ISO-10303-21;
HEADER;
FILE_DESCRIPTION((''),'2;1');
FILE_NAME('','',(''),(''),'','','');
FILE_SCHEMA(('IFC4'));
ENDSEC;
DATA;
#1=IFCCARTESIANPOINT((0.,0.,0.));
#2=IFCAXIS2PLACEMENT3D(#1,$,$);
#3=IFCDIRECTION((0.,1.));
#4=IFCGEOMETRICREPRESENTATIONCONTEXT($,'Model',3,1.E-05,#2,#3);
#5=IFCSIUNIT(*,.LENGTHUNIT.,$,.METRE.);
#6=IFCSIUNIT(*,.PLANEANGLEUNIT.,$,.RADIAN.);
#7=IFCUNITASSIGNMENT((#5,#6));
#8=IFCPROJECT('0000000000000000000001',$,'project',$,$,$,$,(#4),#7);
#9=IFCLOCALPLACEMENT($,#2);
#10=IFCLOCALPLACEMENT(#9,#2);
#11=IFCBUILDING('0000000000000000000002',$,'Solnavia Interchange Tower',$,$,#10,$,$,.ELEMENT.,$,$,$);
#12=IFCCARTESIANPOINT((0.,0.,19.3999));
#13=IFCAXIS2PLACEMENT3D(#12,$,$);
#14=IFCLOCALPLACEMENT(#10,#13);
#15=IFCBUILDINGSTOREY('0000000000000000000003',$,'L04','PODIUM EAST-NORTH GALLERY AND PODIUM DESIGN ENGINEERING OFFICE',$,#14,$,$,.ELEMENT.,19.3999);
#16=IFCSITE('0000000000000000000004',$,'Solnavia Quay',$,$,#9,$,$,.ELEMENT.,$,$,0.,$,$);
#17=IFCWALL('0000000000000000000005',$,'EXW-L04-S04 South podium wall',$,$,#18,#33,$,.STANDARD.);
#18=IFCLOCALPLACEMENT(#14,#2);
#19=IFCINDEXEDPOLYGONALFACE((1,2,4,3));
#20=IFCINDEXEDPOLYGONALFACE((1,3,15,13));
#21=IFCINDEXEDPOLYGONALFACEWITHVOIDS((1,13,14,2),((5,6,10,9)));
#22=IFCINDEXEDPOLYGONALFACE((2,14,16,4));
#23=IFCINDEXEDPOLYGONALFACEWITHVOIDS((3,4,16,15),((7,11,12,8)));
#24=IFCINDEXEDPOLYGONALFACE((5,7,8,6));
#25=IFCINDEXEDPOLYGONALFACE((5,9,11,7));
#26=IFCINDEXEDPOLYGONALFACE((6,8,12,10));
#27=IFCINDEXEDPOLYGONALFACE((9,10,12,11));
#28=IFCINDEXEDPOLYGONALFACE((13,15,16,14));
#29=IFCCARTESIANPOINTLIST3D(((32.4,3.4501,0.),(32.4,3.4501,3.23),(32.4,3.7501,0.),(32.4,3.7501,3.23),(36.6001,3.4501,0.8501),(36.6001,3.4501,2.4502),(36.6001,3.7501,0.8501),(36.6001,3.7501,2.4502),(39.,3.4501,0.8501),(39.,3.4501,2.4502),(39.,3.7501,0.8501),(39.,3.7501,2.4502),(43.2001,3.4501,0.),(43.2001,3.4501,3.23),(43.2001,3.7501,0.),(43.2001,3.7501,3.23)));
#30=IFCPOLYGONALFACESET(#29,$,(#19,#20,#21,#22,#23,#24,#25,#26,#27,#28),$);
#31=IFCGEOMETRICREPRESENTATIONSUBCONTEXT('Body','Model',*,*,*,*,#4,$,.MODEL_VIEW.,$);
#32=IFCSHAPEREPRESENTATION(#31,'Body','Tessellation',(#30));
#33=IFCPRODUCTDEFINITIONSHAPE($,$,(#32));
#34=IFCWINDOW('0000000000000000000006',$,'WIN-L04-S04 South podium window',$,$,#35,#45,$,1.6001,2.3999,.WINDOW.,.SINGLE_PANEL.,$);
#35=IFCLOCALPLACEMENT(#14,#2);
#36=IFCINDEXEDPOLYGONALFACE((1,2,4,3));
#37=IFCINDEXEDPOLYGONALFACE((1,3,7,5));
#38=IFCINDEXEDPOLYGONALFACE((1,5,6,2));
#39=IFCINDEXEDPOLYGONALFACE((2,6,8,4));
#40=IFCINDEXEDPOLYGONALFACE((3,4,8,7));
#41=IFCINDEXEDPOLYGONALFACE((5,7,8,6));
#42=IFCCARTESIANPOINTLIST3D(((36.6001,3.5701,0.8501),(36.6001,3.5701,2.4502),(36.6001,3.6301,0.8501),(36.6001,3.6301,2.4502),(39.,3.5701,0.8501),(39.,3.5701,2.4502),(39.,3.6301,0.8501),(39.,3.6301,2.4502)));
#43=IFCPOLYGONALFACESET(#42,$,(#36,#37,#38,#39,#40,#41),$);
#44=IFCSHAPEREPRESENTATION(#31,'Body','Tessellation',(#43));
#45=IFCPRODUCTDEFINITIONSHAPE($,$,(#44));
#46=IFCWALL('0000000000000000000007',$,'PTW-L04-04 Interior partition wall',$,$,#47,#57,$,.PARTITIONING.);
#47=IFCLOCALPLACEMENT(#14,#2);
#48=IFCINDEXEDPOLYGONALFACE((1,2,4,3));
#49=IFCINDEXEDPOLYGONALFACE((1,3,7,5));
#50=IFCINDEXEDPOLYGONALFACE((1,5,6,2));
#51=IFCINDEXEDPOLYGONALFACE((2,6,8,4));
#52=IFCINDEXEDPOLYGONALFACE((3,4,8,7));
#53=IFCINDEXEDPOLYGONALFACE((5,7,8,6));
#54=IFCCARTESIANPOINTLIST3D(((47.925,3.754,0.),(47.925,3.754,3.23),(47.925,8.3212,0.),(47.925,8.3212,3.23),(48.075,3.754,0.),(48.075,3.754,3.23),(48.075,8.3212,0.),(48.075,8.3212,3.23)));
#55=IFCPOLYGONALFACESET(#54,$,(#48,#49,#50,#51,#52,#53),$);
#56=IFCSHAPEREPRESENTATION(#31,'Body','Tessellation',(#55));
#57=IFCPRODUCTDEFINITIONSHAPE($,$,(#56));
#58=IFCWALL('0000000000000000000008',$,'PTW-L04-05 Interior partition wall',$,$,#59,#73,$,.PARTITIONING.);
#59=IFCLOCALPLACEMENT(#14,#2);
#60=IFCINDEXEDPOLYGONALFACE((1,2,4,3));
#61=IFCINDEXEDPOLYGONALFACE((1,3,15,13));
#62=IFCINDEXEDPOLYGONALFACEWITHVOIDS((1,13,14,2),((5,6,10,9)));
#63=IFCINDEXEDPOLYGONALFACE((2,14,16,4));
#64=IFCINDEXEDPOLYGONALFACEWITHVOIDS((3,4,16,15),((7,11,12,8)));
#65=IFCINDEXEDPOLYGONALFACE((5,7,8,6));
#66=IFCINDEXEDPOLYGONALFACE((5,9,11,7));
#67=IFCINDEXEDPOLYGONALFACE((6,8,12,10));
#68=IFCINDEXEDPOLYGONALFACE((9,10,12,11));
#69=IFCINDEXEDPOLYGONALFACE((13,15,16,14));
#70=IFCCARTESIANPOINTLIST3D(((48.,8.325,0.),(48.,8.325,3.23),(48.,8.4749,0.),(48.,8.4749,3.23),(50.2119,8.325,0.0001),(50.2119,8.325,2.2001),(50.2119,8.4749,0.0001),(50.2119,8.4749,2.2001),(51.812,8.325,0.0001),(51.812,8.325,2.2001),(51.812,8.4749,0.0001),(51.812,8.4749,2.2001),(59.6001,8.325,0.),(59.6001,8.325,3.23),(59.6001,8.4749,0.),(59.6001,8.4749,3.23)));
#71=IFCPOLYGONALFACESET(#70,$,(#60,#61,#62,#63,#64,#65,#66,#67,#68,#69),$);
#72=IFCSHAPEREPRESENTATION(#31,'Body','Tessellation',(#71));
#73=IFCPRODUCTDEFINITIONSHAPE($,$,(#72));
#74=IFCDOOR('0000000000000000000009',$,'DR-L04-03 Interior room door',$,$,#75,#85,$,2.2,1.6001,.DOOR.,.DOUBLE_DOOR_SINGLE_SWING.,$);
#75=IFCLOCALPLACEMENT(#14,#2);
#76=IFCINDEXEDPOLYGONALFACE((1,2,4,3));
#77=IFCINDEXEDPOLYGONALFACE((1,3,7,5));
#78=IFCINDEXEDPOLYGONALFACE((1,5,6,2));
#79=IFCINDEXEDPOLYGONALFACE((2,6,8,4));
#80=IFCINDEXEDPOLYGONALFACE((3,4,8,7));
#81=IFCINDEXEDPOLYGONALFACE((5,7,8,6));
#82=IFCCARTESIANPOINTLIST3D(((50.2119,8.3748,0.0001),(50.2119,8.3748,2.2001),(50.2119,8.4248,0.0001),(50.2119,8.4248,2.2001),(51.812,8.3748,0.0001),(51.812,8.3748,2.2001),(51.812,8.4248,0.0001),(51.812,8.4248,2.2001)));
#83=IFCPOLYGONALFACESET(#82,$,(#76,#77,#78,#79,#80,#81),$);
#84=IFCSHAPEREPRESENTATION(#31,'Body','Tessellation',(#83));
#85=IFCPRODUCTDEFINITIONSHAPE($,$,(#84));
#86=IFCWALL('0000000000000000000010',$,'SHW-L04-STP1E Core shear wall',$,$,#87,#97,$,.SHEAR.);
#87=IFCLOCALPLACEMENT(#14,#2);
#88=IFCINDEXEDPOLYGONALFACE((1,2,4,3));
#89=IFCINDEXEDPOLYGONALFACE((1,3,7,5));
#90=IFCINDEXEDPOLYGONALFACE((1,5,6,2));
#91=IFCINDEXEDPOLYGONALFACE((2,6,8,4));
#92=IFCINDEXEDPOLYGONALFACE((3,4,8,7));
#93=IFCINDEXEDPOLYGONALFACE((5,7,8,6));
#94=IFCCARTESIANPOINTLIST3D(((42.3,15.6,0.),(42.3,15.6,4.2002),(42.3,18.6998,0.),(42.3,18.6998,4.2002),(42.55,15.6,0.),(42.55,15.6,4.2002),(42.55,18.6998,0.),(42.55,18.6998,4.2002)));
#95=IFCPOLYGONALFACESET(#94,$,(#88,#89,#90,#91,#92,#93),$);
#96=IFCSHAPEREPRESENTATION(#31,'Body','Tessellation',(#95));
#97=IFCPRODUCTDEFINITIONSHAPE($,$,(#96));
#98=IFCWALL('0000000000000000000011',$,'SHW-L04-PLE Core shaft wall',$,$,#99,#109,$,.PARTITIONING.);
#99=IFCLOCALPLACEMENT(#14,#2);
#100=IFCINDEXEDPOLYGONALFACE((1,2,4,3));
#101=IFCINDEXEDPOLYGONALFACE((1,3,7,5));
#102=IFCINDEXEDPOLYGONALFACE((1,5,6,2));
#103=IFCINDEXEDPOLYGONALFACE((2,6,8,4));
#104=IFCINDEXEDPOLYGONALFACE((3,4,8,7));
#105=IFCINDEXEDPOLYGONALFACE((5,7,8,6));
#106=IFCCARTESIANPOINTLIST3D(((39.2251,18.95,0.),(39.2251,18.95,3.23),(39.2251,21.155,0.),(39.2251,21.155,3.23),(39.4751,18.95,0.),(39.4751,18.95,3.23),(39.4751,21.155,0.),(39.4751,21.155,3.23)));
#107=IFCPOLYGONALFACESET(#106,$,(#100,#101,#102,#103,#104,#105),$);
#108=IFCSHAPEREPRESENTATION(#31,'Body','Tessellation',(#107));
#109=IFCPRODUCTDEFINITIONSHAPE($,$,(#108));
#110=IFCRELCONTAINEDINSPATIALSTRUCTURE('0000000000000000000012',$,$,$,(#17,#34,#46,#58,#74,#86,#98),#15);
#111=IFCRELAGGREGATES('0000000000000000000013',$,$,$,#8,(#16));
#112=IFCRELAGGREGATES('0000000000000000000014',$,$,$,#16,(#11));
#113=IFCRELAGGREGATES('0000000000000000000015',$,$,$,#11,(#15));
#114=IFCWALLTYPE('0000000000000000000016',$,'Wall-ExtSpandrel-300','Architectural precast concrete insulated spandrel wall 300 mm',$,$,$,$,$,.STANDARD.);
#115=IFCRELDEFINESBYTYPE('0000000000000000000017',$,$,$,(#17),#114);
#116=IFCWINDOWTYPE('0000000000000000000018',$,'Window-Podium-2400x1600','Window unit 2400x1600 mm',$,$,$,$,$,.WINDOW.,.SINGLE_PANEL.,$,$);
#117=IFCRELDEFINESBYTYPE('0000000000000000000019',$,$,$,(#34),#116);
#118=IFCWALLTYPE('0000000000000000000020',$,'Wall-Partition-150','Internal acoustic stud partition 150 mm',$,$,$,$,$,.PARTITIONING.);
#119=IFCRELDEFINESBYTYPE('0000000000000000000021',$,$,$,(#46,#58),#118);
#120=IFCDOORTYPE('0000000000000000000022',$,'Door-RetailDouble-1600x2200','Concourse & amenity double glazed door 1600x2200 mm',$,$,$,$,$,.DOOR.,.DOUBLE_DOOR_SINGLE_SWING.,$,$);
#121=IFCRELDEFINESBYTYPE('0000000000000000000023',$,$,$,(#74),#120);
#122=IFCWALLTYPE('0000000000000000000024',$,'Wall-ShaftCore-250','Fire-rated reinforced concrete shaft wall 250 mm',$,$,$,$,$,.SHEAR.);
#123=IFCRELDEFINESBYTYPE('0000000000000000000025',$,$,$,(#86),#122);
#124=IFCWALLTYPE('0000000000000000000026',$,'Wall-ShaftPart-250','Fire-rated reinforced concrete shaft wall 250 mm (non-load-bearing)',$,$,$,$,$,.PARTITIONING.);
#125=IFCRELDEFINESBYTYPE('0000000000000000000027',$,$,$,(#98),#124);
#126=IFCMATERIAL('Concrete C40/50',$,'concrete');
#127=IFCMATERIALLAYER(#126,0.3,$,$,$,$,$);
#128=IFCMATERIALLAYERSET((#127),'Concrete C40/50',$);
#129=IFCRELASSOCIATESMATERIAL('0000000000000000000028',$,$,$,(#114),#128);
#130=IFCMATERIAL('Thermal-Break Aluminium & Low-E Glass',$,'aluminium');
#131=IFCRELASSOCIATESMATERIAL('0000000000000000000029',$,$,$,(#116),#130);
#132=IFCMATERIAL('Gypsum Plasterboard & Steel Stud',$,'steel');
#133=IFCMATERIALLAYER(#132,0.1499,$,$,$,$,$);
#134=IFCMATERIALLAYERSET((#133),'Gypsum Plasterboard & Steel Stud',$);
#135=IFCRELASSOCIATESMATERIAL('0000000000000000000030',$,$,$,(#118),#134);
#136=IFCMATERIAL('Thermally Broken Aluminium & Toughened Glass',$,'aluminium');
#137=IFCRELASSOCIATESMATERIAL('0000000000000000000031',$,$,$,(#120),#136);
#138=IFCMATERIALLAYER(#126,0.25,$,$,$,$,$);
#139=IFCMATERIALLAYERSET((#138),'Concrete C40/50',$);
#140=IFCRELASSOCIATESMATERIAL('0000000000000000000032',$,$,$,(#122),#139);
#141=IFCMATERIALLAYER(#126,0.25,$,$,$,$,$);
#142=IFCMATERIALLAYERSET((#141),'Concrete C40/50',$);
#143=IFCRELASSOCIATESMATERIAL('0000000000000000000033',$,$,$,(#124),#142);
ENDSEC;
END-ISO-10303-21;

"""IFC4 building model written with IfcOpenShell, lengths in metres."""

from ifc_helpers import new_model, si_unit, direction, frame, frame_2d, origin, place, context, subcontext, project, spatial, rectangle, extrude, material, layer, layer_set, type_object, element, fill, save


model = new_model("IFC4")

# Units and contexts
model_context = context("Model", 3, precision=1e-05, world=origin(), true_north=direction((0.0, 1.0)))
body_context = subcontext(model_context, "Body", "Model", "MODEL_VIEW")
ifc_project = project(units=[si_unit("LENGTHUNIT", "METRE"), si_unit("PLANEANGLEUNIT", "RADIAN")], contexts=[model_context])

# Site, building, storey
site_placement = place(None, origin())
site = spatial("IfcSite", under=ifc_project, at=site_placement, Name="Solnavia Quay", CompositionType="ELEMENT", RefElevation=0.0)
building_placement = place(site_placement, origin())
building = spatial("IfcBuilding", under=site, at=building_placement, Name="Solnavia Interchange Tower", CompositionType="ELEMENT")
storey_placement = place(building_placement, frame((0.0, 0.0, 19.3999)))
storey = spatial("IfcBuildingStorey", under=building, at=storey_placement, Name="L04", Description="PODIUM EAST-NORTH GALLERY AND PODIUM DESIGN ENGINEERING OFFICE", CompositionType="ELEMENT", Elevation=19.3999)

# Wall, opening, window
ifc_material_1 = material(Name="Concrete C40/50", Category="concrete")
ifc_layer_1 = layer(ifc_material_1, 0.3)
ifc_layer_set_1 = layer_set([ifc_layer_1], Name="Concrete C40/50")
wall_type_1 = type_object("IfcWallType", Name="Wall-ExtSpandrel-300", Description="Architectural precast concrete insulated spandrel wall 300 mm", PredefinedType="STANDARD", material=ifc_layer_set_1)
wall_1_placement = place(storey_placement, frame((43.2, 3.6001, 0.0), z_axis=(0.0, 0.0, 1.0), x_axis=(-1.0, 0.0, 0.0)))
wall_1 = element("IfcWall", 1, at=wall_1_placement, inside=storey, type_object=wall_type_1, Name="EXW-L04-S04 South podium wall", PredefinedType="STANDARD", context=body_context, shape_type="SweptSolid", body=[
    extrude(rectangle(XDim=10.8, YDim=0.3, at=frame_2d((5.3999, 0.0))), origin(), (0.0, 0.0, 1.0), 3.23),
])
opening_1_placement = place(wall_1_placement, frame((4.2, 0.0, 0.8501)))
opening_1 = element("IfcOpeningElement", 2, at=opening_1_placement, cuts=wall_1, PredefinedType="OPENING", context=body_context, shape_type="SweptSolid", body=[
    extrude(rectangle(XDim=2.3999, YDim=1.6001, at=frame_2d((1.2, 0.8))), frame((0.0, 0.1602, 0.0), z_axis=(0.0, -1.0, 0.0), x_axis=(1.0, 0.0, 0.0)), (0.0, 0.0, 1.0), 0.3201),
])
ifc_material_2 = material(Name="Thermal-Break Aluminium & Low-E Glass", Category="aluminium")
window_type = type_object("IfcWindowType", Name="Window-Podium-2400x1600", Description="Window unit 2400x1600 mm", PartitioningType="SINGLE_PANEL", PredefinedType="WINDOW", material=ifc_material_2)
window_placement = place(opening_1_placement, origin())
window = element("IfcWindow", 3, at=window_placement, inside=storey, type_object=window_type, Name="WIN-L04-S04 South podium window", OverallHeight=1.6001, OverallWidth=2.3999, PartitioningType="SINGLE_PANEL", PredefinedType="WINDOW", context=body_context, shape_type="SweptSolid", body=[
    extrude(rectangle(XDim=2.3999, YDim=1.6001, at=frame_2d((1.2, 0.8))), frame((0.0, 0.03, 0.0), z_axis=(0.0, -1.0, 0.0), x_axis=(1.0, 0.0, 0.0)), (0.0, 0.0, 1.0), 0.0601),
])
fill(opening_1, window)

# Wall
ifc_material_3 = material(Name="Gypsum Plasterboard & Steel Stud", Category="steel")
ifc_layer_2 = layer(ifc_material_3, 0.1499)
ifc_layer_set_2 = layer_set([ifc_layer_2], Name="Gypsum Plasterboard & Steel Stud")
wall_type_2 = type_object("IfcWallType", Name="Wall-Partition-150", Description="Internal acoustic stud partition 150 mm", PredefinedType="PARTITIONING", material=ifc_layer_set_2)
wall_2_placement = place(storey_placement, frame((48.0, 3.7539, 0.0), z_axis=(0.0, 0.0, 1.0), x_axis=(0.0, 1.0, 0.0)))
element("IfcWall", 4, at=wall_2_placement, inside=storey, type_object=wall_type_2, Name="PTW-L04-04 Interior partition wall", PredefinedType="PARTITIONING", context=body_context, shape_type="SweptSolid", body=[
    extrude(rectangle(XDim=4.5671, YDim=0.1499, at=frame_2d((2.2837, 0.0))), origin(), (0.0, 0.0, 1.0), 3.23),
])

# Wall, opening, door
wall_3_placement = place(storey_placement, frame((48.0, 8.3999, 0.0), z_axis=(0.0, 0.0, 1.0), x_axis=(1.0, 0.0, 0.0)))
wall_3 = element("IfcWall", 5, at=wall_3_placement, inside=storey, type_object=wall_type_2, Name="PTW-L04-05 Interior partition wall", PredefinedType="PARTITIONING", context=body_context, shape_type="SweptSolid", body=[
    extrude(rectangle(XDim=11.6001, YDim=0.1499, at=frame_2d((5.8, 0.0))), origin(), (0.0, 0.0, 1.0), 3.23),
])
opening_2_placement = place(wall_3_placement, frame((2.2119, 0.0, 0.0)))
opening_2 = element("IfcOpeningElement", 6, at=opening_2_placement, cuts=wall_3, PredefinedType="OPENING", context=body_context, shape_type="SweptSolid", body=[
    extrude(rectangle(XDim=1.6001, YDim=2.2, at=frame_2d((0.8, 1.1001))), frame((0.0, 0.085, 0.0), z_axis=(0.0, -1.0, 0.0), x_axis=(1.0, 0.0, 0.0)), (0.0, 0.0, 1.0), 0.1699),
])
ifc_material_4 = material(Name="Thermally Broken Aluminium & Toughened Glass", Category="aluminium")
door_type = type_object("IfcDoorType", Name="Door-RetailDouble-1600x2200", Description="Concourse & amenity double glazed door 1600x2200 mm", OperationType="DOUBLE_DOOR_SINGLE_SWING", PredefinedType="DOOR", material=ifc_material_4)
door_placement = place(opening_2_placement, origin())
door = element("IfcDoor", 7, at=door_placement, inside=storey, type_object=door_type, Name="DR-L04-03 Interior room door", OperationType="DOUBLE_DOOR_SINGLE_SWING", OverallHeight=2.2, OverallWidth=1.6001, PredefinedType="DOOR", context=body_context, shape_type="SweptSolid", body=[
    extrude(rectangle(XDim=1.6001, YDim=2.2, at=frame_2d((0.8, 1.1001))), frame((0.0, 0.0249, 0.0), z_axis=(0.0, -1.0, 0.0), x_axis=(1.0, 0.0, 0.0)), (0.0, 0.0, 1.0), 0.05),
])
fill(opening_2, door)

# Walls
ifc_layer_3 = layer(ifc_material_1, 0.25)
ifc_layer_set_3 = layer_set([ifc_layer_3], Name="Concrete C40/50")
wall_type_3 = type_object("IfcWallType", Name="Wall-ShaftCore-250", Description="Fire-rated reinforced concrete shaft wall 250 mm", PredefinedType="SHEAR", material=ifc_layer_set_3)
wall_4_placement = place(storey_placement, frame((42.425, 15.6001, 0.0), z_axis=(0.0, 0.0, 1.0), x_axis=(0.0, 1.0, 0.0)))
element("IfcWall", 8, at=wall_4_placement, inside=storey, type_object=wall_type_3, Name="SHW-L04-STP1E Core shear wall", PredefinedType="SHEAR", context=body_context, shape_type="SweptSolid", body=[
    extrude(rectangle(XDim=3.0999, YDim=0.25, at=frame_2d((1.5498, 0.0))), origin(), (0.0, 0.0, 1.0), 4.2002),
])
ifc_layer_4 = layer(ifc_material_1, 0.25)
ifc_layer_set_4 = layer_set([ifc_layer_4], Name="Concrete C40/50")
wall_type_4 = type_object("IfcWallType", Name="Wall-ShaftPart-250", Description="Fire-rated reinforced concrete shaft wall 250 mm (non-load-bearing)", PredefinedType="PARTITIONING", material=ifc_layer_set_4)
wall_5_placement = place(storey_placement, frame((39.3501, 18.95, 0.0), z_axis=(0.0, 0.0, 1.0), x_axis=(0.0, 1.0, 0.0)))
element("IfcWall", 9, at=wall_5_placement, inside=storey, type_object=wall_type_4, Name="SHW-L04-PLE Core shaft wall", PredefinedType="PARTITIONING", context=body_context, shape_type="SweptSolid", body=[
    extrude(rectangle(XDim=2.2051, YDim=0.25, at=frame_2d((1.1025, 0.0))), origin(), (0.0, 0.0, 1.0), 3.23),
])

save(model, "model.ifc")
